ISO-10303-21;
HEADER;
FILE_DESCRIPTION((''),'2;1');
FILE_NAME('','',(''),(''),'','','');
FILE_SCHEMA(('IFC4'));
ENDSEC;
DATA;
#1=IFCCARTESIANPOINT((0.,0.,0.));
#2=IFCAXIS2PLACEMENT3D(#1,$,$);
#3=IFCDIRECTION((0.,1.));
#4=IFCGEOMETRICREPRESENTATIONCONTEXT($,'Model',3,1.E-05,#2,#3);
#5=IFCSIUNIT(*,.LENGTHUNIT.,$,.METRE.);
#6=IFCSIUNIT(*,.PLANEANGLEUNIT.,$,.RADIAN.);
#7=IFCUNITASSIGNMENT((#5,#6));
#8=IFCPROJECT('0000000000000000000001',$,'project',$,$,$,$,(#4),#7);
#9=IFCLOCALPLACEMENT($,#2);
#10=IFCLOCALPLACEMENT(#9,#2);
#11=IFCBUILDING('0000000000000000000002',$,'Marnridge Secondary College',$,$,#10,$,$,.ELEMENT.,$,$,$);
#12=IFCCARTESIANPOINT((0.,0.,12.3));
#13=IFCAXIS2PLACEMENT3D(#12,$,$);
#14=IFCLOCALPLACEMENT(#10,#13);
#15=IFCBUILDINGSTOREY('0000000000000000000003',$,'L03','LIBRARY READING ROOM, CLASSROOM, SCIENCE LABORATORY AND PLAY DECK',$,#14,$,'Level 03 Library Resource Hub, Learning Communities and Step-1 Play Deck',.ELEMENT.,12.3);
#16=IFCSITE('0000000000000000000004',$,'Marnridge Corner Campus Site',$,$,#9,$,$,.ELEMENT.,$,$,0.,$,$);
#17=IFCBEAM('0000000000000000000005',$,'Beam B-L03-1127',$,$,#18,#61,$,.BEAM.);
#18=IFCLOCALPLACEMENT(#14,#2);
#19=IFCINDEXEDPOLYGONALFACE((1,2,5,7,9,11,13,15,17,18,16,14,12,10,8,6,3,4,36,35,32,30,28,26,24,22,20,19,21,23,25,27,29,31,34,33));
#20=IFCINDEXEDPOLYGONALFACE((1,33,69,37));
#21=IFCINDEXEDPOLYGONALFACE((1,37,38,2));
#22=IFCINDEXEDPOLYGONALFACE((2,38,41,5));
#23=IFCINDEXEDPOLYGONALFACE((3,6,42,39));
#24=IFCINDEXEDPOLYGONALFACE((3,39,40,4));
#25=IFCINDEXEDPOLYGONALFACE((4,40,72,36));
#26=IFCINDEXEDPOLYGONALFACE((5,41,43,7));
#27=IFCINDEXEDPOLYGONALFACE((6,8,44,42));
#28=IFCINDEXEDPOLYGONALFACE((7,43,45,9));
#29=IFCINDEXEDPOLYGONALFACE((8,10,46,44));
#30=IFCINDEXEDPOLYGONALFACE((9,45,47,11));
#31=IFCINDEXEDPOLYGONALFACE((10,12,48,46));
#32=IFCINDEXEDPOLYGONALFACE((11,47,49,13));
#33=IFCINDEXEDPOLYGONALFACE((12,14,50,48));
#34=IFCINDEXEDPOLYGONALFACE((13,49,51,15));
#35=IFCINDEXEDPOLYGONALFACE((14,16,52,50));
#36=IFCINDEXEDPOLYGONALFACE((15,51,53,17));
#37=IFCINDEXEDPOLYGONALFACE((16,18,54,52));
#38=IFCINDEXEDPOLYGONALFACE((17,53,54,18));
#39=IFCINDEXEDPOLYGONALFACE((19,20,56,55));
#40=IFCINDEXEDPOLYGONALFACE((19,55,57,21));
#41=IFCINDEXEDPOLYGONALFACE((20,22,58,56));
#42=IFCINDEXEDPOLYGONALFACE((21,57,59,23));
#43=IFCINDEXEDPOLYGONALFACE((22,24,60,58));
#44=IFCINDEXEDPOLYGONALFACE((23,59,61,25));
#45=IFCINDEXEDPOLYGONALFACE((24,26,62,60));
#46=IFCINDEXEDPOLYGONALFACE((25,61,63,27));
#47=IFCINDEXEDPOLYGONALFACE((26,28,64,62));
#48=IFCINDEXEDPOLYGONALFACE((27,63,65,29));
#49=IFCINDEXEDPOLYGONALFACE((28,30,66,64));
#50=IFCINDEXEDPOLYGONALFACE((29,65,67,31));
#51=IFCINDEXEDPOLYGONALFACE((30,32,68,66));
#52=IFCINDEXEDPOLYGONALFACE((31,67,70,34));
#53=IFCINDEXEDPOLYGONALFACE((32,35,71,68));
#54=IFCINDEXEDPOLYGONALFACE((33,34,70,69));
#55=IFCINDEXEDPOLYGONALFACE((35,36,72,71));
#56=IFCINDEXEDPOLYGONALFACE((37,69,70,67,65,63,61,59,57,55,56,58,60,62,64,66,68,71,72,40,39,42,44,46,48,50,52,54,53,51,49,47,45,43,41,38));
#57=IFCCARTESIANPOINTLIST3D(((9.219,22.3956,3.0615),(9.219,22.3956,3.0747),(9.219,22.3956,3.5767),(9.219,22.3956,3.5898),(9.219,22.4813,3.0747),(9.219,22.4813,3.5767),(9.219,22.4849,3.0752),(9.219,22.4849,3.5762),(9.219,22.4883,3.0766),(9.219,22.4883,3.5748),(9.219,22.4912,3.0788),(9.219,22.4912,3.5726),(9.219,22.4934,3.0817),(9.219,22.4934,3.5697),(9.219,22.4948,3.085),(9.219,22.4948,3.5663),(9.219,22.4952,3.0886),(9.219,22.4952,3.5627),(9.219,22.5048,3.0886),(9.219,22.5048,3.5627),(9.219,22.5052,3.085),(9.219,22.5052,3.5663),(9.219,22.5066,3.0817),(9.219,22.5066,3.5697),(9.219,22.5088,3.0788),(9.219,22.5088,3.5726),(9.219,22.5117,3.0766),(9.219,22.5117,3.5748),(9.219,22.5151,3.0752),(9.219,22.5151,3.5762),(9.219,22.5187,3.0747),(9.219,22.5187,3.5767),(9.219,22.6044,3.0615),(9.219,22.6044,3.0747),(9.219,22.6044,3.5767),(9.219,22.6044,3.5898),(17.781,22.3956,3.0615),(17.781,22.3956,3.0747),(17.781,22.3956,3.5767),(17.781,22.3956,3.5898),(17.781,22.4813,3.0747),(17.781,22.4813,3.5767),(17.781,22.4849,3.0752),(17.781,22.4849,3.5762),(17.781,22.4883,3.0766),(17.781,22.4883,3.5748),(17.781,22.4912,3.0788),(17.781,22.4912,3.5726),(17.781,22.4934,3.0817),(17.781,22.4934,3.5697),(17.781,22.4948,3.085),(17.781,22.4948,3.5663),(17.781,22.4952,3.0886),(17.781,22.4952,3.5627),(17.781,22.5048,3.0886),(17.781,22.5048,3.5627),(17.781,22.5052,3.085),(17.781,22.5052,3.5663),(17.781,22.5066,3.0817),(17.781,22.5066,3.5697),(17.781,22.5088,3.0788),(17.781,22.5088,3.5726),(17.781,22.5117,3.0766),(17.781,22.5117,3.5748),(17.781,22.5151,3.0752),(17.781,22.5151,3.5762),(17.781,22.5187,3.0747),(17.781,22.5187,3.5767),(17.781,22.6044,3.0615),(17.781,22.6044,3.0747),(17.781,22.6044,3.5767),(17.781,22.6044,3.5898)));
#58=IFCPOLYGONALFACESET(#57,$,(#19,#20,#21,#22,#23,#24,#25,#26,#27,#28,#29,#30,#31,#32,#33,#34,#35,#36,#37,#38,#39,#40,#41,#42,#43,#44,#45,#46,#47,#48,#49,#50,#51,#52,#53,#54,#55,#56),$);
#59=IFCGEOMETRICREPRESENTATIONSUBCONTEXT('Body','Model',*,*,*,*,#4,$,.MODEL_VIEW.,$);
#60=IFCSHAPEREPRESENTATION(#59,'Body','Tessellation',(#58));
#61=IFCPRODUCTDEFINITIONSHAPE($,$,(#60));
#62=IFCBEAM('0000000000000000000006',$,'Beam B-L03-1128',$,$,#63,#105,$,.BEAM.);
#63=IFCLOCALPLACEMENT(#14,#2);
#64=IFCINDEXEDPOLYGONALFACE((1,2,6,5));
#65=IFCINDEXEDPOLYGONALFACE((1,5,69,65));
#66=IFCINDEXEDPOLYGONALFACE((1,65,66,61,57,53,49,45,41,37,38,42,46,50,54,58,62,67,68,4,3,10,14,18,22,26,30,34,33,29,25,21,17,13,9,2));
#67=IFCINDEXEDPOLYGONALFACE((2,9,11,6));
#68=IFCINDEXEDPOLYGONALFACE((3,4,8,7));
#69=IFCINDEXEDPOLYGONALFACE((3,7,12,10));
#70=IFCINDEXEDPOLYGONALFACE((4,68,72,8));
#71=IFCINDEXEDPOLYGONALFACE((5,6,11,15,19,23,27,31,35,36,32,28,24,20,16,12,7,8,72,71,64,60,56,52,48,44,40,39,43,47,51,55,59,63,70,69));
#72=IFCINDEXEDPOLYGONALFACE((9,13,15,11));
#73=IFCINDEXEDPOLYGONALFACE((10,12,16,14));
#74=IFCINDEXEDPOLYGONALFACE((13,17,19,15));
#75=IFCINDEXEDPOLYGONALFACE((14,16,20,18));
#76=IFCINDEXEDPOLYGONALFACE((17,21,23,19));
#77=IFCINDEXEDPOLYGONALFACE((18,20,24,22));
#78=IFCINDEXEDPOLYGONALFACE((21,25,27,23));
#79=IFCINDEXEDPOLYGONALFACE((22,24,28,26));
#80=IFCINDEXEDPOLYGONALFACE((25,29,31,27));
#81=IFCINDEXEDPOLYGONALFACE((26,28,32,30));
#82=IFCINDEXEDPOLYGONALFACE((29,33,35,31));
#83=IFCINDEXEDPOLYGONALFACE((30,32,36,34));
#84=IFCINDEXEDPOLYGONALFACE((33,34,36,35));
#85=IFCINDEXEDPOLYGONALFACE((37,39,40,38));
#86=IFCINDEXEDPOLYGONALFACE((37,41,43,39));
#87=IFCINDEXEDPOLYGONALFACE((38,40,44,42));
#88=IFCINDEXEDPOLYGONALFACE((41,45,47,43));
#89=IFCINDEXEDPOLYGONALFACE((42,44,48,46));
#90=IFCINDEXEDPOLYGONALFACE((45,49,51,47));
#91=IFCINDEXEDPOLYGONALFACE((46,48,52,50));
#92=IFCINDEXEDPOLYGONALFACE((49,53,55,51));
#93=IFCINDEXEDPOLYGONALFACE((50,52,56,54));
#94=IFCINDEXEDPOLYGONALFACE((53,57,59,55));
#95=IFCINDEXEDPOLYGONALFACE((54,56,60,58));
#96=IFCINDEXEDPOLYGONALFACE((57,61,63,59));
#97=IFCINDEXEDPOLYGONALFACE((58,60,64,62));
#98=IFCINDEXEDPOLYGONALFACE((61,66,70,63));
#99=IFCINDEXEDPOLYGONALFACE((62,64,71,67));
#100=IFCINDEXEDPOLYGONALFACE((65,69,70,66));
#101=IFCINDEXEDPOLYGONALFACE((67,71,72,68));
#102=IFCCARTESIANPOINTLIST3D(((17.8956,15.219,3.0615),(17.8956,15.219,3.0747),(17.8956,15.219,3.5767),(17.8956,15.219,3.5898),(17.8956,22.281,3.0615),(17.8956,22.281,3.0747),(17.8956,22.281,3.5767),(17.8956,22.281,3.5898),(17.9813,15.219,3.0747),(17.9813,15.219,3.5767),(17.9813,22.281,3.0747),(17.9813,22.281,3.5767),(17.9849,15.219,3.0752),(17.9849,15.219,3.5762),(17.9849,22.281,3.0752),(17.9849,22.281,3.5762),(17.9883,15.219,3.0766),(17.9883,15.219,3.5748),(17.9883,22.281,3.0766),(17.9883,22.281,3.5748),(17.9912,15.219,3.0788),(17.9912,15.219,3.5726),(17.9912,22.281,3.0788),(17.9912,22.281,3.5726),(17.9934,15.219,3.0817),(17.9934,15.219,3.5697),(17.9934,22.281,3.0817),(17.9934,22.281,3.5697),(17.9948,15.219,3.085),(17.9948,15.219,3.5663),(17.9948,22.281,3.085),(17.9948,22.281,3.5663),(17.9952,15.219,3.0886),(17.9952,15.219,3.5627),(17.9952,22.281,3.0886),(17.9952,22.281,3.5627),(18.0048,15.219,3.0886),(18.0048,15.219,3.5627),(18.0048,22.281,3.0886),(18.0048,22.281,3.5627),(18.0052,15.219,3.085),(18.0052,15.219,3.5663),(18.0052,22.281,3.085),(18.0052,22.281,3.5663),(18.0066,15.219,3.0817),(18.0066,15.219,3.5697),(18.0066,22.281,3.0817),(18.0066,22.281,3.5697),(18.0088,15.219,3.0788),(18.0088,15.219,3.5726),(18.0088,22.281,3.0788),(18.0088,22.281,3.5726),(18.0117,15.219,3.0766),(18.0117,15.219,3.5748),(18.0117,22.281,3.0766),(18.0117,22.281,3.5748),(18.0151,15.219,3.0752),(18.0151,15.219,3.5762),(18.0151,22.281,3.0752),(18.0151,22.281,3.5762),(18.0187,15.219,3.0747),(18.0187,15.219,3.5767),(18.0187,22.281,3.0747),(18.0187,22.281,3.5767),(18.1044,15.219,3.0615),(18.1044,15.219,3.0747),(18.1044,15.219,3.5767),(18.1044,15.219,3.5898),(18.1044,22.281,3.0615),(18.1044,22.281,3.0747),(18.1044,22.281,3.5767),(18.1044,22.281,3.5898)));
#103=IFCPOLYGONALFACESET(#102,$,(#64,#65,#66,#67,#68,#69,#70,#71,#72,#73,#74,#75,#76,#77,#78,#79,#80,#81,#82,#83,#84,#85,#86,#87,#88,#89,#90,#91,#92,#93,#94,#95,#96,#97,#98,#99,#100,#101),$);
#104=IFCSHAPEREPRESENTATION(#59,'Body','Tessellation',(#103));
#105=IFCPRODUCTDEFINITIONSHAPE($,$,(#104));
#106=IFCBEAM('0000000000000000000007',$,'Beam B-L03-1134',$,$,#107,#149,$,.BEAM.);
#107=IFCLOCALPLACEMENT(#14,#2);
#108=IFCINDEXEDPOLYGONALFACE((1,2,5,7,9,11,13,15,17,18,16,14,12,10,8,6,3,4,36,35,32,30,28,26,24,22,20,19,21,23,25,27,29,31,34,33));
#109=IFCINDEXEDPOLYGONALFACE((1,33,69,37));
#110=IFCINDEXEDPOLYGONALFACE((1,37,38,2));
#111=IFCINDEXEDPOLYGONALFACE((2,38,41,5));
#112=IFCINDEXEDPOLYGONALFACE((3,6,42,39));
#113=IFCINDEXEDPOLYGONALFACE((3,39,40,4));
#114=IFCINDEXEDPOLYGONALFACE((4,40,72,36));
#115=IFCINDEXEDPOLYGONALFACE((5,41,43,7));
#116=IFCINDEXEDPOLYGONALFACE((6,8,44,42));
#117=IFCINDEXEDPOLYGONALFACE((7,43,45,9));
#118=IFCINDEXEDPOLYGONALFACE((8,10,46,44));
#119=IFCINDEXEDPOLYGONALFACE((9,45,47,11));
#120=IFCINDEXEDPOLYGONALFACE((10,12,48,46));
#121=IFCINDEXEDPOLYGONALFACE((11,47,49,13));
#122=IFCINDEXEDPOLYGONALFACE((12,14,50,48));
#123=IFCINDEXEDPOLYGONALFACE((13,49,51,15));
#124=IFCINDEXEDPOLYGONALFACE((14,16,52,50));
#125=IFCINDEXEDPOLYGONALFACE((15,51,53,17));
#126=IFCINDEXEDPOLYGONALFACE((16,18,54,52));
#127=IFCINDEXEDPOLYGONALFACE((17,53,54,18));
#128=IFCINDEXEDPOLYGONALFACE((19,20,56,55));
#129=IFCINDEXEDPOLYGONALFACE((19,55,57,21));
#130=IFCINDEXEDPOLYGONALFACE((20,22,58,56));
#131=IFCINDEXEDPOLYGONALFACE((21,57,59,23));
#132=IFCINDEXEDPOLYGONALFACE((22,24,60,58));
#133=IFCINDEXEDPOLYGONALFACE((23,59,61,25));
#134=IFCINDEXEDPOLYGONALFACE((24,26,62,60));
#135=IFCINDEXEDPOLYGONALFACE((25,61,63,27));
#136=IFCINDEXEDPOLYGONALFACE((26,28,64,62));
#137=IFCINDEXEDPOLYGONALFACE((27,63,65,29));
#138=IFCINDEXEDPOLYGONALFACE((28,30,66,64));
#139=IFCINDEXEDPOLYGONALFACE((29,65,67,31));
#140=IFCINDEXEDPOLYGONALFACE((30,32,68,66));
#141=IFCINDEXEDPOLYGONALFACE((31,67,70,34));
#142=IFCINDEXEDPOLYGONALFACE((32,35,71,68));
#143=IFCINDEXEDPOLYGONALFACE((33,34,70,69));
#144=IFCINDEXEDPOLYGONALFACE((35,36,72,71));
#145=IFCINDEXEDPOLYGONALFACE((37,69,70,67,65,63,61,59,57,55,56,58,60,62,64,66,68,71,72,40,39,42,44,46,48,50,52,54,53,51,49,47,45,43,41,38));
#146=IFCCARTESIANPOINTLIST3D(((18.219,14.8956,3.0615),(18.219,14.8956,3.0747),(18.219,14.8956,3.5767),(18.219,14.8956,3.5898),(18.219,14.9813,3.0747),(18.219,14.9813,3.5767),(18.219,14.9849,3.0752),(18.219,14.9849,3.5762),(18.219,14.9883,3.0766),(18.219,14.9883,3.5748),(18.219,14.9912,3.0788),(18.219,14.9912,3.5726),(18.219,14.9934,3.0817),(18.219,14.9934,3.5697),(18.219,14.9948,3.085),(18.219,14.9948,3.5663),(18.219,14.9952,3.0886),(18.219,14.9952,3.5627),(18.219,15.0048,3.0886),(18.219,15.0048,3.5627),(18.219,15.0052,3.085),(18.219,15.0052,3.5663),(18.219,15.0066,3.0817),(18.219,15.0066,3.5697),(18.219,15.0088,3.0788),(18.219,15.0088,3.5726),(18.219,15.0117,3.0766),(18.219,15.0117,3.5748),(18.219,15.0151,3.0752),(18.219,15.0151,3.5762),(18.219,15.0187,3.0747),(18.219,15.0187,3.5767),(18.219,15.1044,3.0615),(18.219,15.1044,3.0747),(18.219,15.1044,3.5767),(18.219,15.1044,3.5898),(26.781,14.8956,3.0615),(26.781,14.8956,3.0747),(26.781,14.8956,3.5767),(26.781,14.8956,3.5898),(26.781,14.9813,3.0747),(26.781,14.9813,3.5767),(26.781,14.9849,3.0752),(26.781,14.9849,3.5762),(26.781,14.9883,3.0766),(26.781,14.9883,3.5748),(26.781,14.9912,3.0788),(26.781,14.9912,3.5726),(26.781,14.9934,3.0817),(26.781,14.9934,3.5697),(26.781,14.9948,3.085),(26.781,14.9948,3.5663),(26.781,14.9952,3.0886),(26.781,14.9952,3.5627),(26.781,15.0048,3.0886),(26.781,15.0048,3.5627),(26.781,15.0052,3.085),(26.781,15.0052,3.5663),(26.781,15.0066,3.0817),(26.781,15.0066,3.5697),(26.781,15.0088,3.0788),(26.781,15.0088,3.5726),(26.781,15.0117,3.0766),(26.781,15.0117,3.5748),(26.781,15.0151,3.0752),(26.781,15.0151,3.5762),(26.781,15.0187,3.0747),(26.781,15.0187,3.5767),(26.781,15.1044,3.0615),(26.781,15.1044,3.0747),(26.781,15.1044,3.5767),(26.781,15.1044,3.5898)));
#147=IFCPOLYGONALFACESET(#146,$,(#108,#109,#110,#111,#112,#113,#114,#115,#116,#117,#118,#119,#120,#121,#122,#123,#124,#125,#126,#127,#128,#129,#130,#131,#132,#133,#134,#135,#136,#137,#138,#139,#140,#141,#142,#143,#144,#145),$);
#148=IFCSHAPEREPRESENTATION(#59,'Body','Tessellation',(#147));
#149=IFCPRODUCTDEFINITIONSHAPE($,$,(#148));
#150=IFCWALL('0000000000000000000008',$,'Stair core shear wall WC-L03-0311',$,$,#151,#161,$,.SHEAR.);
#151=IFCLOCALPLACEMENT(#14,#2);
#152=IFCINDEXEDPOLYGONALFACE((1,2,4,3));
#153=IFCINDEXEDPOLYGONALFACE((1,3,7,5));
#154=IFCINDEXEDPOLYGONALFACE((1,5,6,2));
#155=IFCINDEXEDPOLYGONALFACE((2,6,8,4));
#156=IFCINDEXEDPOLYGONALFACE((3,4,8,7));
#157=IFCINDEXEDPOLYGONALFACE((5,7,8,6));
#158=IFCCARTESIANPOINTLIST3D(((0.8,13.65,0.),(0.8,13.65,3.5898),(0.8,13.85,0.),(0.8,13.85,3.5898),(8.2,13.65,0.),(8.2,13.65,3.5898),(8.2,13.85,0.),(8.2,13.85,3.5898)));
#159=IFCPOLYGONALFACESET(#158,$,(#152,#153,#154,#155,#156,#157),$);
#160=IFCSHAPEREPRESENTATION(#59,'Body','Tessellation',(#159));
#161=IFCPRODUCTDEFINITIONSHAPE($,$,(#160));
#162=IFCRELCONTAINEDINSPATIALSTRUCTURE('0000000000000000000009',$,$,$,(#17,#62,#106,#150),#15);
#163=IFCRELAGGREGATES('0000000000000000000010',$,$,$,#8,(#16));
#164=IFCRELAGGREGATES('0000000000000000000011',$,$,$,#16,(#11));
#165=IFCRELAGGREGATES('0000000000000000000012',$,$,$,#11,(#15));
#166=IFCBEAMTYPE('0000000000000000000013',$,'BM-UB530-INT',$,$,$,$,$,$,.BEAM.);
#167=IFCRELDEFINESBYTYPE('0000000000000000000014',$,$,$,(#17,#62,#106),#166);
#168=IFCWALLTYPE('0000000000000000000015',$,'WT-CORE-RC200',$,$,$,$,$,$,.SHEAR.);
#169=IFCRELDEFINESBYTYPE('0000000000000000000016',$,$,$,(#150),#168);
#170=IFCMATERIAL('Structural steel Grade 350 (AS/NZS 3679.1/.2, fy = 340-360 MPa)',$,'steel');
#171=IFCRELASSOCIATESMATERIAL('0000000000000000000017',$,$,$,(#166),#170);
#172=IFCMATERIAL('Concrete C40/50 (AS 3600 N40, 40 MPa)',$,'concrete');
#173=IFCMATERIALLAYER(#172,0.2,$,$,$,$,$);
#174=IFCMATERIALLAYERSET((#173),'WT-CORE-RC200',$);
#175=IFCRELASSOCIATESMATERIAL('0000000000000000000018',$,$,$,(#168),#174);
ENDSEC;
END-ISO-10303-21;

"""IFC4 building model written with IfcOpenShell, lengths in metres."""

from ifc_helpers import new_model, si_unit, direction, frame, frame_2d, origin, origin_2d, place, context, subcontext, project, spatial, rectangle, i_section, extrude, material, layer, layer_set, material_profile, profile_set, type_object, element, save


model = new_model("IFC4")

# Units and contexts
model_context = context("Model", 3, precision=1e-05, world=origin(), true_north=direction((0.0, 1.0)))
body_context = subcontext(model_context, "Body", "Model", "MODEL_VIEW")
ifc_project = project(units=[si_unit("LENGTHUNIT", "METRE"), si_unit("PLANEANGLEUNIT", "RADIAN")], contexts=[model_context])

# Site, building, storey
site_placement = place(None, origin())
site = spatial("IfcSite", under=ifc_project, at=site_placement, Name="Marnridge Corner Campus Site", CompositionType="ELEMENT", RefElevation=0.0)
building_placement = place(site_placement, origin())
building = spatial("IfcBuilding", under=site, at=building_placement, Name="Marnridge Secondary College", CompositionType="ELEMENT")
storey_placement = place(building_placement, frame((0.0, 0.0, 12.3)))
storey = spatial("IfcBuildingStorey", under=building, at=storey_placement, Name="L03", Description="LIBRARY READING ROOM, CLASSROOM, SCIENCE LABORATORY AND PLAY DECK", LongName="Level 03 Library Resource Hub, Learning Communities and Step-1 Play Deck", CompositionType="ELEMENT", Elevation=12.3)

# Beams
ifc_material_1 = material(Name="Structural steel Grade 350 (AS/NZS 3679.1/.2, fy = 340-360 MPa)", Category="steel")
ifc_material_profile_1 = material_profile(ifc_material_1, i_section(OverallWidth=0.2087, OverallDepth=0.5283, WebThickness=0.0095, FlangeThickness=0.0132, FilletRadius=0.0139, at=origin_2d()), Name="530UB82.0")
ifc_profile_set_1 = profile_set([ifc_material_profile_1], Name="Structural steel Grade 350 (AS/NZS 3679.1/.2, fy = 340-360 MPa)")
beam_type_1 = type_object("IfcBeamType", Name="BM-UB530-INT", PredefinedType="BEAM", material=ifc_profile_set_1)
for number, where, z_axis, x_axis, name in (
    (1, (9.219, 22.5, 3.3257), (1.0, 0.0, 0.0), (0.0, 1.0, 0.0), "Beam B-L03-1127"),
):
    element("IfcBeam", number, at=place(storey_placement, frame(where, z_axis=z_axis, x_axis=x_axis)), inside=storey, type_object=beam_type_1, Name=name, PredefinedType="BEAM", context=body_context, shape_type="SweptSolid", body=[
        extrude(i_section(OverallWidth=0.2087, OverallDepth=0.5283, WebThickness=0.0095, FlangeThickness=0.0132, FilletRadius=0.0139, at=origin_2d()), origin(), (0.0, 0.0, 1.0), 8.562),
    ])
beam_1_placement = place(storey_placement, frame((18.0, 15.219, 3.3257), z_axis=(0.0, 1.0, 0.0), x_axis=(-1.0, 0.0, 0.0)))
element("IfcBeam", 2, at=beam_1_placement, inside=storey, type_object=beam_type_1, Name="Beam B-L03-1128", PredefinedType="BEAM", context=body_context, shape_type="SweptSolid", body=[
    extrude(i_section(OverallWidth=0.2087, OverallDepth=0.5283, WebThickness=0.0095, FlangeThickness=0.0132, FilletRadius=0.0139, at=origin_2d()), origin(), (0.0, 0.0, 1.0), 7.062),
])
beam_2_placement = place(storey_placement, frame((18.219, 15.0, 3.3257), z_axis=(1.0, 0.0, 0.0), x_axis=(0.0, 1.0, 0.0)))
element("IfcBeam", 3, at=beam_2_placement, inside=storey, type_object=beam_type_1, Name="Beam B-L03-1134", PredefinedType="BEAM", context=body_context, shape_type="SweptSolid", body=[
    extrude(i_section(OverallWidth=0.2087, OverallDepth=0.5283, WebThickness=0.0095, FlangeThickness=0.0132, FilletRadius=0.0139, at=origin_2d()), origin(), (0.0, 0.0, 1.0), 8.562),
])

# Wall
ifc_material_2 = material(Name="Concrete C40/50 (AS 3600 N40, 40 MPa)", Category="concrete")
ifc_layer_1 = layer(ifc_material_2, 0.2)
ifc_layer_set_1 = layer_set([ifc_layer_1], Name="WT-CORE-RC200")
wall_type_1 = type_object("IfcWallType", Name="WT-CORE-RC200", PredefinedType="SHEAR", material=ifc_layer_set_1)
wall_1_placement = place(storey_placement, frame((8.2, 13.75, 0.0), z_axis=(0.0, 0.0, 1.0), x_axis=(-1.0, 0.0, 0.0)))
element("IfcWall", 4, at=wall_1_placement, inside=storey, type_object=wall_type_1, Name="Stair core shear wall WC-L03-0311", PredefinedType="SHEAR", context=body_context, shape_type="SweptSolid", body=[
    extrude(rectangle(XDim=7.3999, YDim=0.2, at=frame_2d((3.7, 0.0))), origin(), (0.0, 0.0, 1.0), 3.5898),
])

save(model, "model.ifc")
